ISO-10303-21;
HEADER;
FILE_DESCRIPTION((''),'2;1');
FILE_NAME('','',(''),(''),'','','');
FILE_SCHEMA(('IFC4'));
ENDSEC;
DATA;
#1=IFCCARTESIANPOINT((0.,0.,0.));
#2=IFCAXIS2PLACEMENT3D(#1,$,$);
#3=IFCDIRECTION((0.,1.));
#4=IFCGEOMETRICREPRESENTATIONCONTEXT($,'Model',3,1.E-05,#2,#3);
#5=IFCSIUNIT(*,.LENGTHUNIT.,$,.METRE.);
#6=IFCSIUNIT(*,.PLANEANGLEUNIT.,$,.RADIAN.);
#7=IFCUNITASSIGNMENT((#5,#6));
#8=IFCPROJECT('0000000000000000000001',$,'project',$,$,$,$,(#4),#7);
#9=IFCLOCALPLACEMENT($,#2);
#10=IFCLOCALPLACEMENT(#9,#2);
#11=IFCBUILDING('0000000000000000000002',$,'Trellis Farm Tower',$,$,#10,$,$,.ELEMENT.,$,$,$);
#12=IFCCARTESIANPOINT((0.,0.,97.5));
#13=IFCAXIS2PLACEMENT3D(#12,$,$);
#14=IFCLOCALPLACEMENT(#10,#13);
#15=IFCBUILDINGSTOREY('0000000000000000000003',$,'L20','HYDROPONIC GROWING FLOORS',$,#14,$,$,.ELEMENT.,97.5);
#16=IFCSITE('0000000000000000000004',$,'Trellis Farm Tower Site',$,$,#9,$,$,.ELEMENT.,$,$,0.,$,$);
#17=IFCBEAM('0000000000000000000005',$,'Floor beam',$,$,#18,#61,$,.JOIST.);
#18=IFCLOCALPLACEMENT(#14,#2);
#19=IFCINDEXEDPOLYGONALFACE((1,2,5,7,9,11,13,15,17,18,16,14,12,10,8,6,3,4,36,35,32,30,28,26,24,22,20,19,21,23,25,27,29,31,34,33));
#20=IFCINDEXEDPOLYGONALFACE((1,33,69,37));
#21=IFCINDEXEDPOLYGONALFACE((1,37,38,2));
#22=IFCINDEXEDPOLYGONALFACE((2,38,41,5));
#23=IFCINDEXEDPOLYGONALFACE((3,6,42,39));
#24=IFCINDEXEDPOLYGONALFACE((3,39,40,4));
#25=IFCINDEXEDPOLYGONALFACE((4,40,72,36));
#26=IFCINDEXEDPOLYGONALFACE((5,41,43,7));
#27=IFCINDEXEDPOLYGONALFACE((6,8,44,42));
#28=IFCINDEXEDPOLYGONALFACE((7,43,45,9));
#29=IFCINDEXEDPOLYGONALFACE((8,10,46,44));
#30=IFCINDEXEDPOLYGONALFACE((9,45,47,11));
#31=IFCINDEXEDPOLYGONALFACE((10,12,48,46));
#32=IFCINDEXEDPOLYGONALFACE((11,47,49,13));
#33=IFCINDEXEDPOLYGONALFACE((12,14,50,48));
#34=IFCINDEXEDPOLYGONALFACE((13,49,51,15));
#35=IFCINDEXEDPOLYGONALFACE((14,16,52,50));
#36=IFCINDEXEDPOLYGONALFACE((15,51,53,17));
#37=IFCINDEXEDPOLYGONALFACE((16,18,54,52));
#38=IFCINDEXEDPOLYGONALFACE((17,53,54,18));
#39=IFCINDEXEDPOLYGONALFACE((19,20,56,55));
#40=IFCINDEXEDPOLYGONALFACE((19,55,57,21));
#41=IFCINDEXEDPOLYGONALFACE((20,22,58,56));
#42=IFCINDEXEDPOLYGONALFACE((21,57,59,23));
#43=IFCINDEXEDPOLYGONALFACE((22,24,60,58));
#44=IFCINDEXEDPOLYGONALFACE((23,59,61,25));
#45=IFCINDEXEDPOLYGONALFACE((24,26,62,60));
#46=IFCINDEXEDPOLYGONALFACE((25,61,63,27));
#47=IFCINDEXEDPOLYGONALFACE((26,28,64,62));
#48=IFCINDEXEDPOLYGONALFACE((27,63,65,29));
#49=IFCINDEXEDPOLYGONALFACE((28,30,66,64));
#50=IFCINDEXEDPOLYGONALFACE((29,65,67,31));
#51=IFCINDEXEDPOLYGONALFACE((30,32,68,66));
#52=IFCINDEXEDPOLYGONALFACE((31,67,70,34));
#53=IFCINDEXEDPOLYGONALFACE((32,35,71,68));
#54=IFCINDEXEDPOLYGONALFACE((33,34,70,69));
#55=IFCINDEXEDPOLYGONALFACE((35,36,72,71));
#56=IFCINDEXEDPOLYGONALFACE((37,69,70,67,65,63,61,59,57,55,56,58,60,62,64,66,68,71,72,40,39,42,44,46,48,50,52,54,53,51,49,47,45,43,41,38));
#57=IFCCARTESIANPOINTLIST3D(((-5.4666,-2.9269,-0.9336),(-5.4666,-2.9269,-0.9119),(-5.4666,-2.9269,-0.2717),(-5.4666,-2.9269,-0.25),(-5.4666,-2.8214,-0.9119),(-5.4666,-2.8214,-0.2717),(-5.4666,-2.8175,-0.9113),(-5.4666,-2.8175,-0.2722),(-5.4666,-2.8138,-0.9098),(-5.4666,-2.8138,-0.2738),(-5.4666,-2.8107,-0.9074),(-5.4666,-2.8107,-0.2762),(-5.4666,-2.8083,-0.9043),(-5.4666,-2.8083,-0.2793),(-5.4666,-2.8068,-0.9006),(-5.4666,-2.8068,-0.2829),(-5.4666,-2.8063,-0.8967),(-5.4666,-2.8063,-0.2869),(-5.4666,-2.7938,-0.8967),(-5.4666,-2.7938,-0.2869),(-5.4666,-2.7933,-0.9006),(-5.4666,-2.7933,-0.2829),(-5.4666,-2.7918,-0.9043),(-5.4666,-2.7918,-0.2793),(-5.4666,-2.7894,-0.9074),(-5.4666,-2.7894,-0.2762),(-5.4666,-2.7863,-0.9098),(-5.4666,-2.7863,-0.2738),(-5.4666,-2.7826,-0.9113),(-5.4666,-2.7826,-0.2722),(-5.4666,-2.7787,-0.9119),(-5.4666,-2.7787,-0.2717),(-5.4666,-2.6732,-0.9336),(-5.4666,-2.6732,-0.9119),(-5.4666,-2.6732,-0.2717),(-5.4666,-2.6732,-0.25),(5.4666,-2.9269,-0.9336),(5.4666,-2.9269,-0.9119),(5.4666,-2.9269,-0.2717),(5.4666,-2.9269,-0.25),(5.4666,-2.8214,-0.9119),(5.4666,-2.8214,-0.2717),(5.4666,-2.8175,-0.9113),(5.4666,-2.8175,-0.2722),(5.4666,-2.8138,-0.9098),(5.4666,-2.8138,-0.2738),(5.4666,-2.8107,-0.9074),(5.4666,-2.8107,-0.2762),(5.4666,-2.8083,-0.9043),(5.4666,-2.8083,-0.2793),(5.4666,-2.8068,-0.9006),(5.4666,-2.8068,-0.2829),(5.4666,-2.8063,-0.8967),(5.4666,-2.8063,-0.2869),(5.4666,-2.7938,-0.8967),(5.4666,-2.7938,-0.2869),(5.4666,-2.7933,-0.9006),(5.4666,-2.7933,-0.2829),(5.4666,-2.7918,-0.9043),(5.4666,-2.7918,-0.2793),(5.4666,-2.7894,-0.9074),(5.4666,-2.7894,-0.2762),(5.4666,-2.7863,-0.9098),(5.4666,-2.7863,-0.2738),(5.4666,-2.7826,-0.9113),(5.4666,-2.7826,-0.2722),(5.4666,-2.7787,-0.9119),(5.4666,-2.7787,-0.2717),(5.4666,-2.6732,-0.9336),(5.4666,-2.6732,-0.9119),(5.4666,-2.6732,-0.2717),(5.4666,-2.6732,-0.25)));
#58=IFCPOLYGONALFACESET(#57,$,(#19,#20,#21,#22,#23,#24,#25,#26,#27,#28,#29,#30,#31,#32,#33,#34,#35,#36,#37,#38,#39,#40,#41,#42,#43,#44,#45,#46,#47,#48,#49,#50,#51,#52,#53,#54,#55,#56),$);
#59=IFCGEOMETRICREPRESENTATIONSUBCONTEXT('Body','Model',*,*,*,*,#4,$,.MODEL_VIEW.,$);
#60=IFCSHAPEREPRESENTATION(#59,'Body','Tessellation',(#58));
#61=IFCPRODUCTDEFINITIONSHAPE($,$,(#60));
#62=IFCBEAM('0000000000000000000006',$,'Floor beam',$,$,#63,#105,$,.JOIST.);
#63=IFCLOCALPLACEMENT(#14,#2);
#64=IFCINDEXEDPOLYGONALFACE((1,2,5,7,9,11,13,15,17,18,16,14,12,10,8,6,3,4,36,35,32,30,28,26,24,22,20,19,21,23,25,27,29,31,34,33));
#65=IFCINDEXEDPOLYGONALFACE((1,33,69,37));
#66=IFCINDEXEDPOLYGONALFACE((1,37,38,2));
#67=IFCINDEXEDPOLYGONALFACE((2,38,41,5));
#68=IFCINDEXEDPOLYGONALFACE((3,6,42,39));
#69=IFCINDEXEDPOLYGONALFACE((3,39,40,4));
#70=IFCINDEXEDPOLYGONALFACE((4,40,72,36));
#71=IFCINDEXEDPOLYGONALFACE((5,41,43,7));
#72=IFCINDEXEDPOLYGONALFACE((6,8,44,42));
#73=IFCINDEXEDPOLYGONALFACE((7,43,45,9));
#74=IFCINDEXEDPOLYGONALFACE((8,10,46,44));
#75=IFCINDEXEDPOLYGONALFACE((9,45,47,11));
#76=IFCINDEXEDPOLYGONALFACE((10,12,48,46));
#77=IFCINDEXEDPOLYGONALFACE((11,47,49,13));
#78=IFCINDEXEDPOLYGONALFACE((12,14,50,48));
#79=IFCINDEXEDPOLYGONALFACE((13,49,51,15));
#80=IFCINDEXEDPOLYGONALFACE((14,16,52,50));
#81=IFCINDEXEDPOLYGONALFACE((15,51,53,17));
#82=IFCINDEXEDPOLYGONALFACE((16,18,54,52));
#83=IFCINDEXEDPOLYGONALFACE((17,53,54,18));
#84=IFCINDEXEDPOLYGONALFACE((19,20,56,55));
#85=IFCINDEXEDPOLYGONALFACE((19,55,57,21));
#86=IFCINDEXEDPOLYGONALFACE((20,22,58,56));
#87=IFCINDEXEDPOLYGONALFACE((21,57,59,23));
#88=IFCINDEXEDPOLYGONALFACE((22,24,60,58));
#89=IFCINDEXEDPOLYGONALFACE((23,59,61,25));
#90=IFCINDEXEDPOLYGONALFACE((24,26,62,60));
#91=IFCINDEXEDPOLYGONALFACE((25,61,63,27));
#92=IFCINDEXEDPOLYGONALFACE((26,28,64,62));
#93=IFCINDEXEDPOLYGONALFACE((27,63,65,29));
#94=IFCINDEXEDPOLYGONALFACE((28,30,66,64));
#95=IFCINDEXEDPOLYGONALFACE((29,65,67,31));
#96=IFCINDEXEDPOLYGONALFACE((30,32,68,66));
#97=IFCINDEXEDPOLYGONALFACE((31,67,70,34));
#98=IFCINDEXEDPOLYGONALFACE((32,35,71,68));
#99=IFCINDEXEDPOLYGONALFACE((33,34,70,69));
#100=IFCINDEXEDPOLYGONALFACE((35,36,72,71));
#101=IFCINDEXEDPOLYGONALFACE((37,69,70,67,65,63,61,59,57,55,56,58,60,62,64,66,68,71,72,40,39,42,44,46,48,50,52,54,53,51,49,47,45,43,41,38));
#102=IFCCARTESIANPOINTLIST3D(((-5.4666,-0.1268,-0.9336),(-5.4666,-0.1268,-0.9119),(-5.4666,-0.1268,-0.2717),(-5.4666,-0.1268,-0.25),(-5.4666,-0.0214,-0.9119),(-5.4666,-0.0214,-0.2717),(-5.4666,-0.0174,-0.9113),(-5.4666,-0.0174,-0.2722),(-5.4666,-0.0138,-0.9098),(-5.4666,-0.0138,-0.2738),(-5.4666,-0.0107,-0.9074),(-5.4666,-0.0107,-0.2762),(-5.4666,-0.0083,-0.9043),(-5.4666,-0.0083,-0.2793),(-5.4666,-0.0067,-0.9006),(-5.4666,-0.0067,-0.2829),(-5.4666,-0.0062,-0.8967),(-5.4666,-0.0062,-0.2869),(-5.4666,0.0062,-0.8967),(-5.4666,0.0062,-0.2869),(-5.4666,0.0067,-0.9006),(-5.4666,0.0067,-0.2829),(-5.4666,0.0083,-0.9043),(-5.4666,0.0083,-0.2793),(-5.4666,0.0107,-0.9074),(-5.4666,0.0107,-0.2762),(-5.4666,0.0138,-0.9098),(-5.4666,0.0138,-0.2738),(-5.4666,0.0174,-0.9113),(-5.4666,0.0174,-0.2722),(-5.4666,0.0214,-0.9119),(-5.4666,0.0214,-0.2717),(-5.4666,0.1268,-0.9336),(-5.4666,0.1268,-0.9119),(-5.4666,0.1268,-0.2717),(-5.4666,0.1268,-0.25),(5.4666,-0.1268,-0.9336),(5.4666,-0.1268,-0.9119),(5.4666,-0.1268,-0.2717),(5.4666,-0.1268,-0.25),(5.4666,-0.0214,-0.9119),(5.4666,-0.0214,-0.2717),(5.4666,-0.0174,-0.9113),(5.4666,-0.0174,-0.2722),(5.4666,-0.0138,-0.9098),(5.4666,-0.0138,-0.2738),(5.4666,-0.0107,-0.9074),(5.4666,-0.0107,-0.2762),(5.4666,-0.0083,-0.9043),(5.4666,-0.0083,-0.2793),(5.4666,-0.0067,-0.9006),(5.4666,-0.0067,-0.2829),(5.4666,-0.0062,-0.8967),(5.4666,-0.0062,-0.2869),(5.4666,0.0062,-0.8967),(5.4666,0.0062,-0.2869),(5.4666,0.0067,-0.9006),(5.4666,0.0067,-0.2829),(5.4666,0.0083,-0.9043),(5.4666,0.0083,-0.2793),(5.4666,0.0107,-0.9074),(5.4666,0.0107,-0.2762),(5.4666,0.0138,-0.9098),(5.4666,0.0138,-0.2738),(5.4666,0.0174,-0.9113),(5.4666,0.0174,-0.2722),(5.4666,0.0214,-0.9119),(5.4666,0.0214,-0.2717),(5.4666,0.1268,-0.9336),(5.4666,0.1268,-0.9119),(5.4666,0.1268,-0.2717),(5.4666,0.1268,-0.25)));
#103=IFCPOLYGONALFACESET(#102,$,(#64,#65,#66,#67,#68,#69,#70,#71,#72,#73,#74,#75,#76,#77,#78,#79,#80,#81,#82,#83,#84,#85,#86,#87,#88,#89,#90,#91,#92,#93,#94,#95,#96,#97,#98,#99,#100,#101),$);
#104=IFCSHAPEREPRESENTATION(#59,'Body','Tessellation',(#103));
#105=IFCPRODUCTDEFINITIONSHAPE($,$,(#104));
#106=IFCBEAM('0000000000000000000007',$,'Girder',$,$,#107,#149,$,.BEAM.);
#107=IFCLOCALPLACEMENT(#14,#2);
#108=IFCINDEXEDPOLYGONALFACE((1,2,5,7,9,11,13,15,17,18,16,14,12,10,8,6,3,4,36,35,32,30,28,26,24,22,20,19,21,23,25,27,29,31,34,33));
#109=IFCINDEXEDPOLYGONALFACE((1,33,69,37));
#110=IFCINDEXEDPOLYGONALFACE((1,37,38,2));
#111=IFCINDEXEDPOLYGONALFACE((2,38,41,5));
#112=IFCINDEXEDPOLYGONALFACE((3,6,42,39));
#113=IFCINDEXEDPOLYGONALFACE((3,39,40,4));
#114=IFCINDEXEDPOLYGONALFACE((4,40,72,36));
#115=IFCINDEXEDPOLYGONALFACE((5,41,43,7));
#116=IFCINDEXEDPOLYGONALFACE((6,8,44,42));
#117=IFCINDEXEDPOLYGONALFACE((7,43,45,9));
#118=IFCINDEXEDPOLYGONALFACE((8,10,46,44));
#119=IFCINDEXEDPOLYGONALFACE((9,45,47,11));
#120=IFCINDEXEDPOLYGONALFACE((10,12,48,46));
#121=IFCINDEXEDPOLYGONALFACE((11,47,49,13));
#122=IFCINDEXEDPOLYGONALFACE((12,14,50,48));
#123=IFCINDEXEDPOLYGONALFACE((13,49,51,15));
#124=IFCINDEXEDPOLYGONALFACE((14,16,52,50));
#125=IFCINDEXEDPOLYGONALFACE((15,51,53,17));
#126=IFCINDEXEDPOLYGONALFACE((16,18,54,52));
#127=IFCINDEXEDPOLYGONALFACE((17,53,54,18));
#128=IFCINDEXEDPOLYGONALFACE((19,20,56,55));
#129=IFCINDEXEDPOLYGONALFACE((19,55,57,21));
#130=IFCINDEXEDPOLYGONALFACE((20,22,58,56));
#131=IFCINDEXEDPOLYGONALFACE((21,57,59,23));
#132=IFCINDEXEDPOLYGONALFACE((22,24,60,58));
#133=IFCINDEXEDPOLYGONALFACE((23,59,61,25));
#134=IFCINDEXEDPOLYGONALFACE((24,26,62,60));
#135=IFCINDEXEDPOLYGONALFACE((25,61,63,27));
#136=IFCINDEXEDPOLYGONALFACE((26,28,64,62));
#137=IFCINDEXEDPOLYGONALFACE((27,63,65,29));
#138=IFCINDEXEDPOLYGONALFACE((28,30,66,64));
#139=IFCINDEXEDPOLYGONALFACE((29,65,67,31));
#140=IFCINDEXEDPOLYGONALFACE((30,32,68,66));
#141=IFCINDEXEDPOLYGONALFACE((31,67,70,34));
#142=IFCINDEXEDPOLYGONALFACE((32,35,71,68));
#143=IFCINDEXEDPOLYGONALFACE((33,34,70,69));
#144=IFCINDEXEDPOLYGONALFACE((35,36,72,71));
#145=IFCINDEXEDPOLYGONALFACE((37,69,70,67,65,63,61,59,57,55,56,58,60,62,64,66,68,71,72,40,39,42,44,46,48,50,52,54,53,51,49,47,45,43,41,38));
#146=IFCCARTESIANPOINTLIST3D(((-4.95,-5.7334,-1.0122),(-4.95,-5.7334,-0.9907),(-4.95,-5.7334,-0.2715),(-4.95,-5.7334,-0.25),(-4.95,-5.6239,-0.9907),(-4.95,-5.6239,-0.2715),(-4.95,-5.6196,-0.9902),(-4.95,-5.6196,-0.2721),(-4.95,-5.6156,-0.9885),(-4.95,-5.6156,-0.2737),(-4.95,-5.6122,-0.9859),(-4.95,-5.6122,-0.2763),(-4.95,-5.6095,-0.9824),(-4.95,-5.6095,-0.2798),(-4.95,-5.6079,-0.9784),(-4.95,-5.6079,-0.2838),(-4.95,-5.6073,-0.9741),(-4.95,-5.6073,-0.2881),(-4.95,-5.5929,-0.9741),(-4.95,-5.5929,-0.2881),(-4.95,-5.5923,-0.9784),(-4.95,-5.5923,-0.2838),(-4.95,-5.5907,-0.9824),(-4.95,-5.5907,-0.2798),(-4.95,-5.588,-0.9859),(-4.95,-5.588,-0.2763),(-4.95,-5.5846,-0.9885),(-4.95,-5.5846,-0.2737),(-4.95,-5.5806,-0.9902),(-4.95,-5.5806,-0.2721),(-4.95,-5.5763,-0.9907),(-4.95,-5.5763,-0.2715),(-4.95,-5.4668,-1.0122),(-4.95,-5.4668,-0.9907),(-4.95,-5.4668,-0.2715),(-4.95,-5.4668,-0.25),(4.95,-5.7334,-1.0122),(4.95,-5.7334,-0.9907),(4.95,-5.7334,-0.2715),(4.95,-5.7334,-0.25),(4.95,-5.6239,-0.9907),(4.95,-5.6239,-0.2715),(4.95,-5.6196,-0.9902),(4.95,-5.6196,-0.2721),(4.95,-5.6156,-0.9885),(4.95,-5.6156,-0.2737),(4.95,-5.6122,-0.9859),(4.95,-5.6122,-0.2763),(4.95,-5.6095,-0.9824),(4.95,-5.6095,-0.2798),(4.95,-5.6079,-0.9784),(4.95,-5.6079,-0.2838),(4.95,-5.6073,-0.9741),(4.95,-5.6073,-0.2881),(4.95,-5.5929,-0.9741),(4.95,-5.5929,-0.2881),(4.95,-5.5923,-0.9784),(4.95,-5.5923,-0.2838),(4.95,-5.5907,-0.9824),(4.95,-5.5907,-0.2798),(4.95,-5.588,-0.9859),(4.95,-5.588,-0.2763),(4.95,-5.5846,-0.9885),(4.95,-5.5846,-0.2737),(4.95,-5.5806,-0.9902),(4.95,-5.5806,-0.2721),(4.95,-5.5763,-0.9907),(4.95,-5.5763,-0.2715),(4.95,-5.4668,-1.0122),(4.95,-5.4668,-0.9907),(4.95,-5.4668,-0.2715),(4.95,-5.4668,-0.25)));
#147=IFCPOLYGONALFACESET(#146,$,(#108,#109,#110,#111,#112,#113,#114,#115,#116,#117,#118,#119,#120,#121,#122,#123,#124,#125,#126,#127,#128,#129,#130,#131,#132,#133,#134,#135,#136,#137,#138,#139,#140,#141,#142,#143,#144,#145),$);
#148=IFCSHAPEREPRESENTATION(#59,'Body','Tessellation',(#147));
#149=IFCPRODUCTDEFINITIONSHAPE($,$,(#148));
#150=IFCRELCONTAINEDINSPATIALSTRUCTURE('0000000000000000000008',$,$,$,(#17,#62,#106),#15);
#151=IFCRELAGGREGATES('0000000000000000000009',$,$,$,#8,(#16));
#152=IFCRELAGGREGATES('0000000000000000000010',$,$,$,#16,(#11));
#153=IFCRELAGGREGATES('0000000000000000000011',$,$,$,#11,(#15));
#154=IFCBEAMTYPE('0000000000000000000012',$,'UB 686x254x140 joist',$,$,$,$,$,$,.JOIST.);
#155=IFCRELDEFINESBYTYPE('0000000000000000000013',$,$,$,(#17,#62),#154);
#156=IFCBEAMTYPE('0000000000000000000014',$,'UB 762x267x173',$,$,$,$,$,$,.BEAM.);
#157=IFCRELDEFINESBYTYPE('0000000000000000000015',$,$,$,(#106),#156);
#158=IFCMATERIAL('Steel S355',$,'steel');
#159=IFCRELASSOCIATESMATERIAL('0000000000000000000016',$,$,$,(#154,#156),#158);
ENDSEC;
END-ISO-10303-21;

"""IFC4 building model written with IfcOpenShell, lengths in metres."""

from ifc_helpers import new_model, si_unit, direction, frame, origin, origin_2d, place, context, subcontext, project, spatial, i_section, extrude, source, transform, mapped, material, material_profile, profile_set, type_object, element, save


model = new_model("IFC4")

# Units and contexts
model_context = context("Model", 3, precision=1e-05, world=origin(), true_north=direction((0.0, 1.0)))
body_context = subcontext(model_context, "Body", "Model", "MODEL_VIEW")
ifc_project = project(units=[si_unit("LENGTHUNIT", "METRE"), si_unit("PLANEANGLEUNIT", "RADIAN")], contexts=[model_context])

# Site, building, storey
site_placement = place(None, origin())
site = spatial("IfcSite", under=ifc_project, at=site_placement, Name="Trellis Farm Tower Site", CompositionType="ELEMENT", RefElevation=0.0)
building_placement = place(site_placement, origin())
building = spatial("IfcBuilding", under=site, at=building_placement, Name="Trellis Farm Tower", CompositionType="ELEMENT")
storey_placement = place(building_placement, frame((0.0, 0.0, 97.5)))
storey = spatial("IfcBuildingStorey", under=building, at=storey_placement, Name="L20", Description="HYDROPONIC GROWING FLOORS", CompositionType="ELEMENT", Elevation=97.5)

# Beams
ifc_material_1 = material(Name="Steel S355", Category="steel")
ifc_material_profile_1 = material_profile(ifc_material_1, i_section(OverallWidth=0.2537, OverallDepth=0.6836, WebThickness=0.0125, FlangeThickness=0.0217, FilletRadius=0.0151, at=origin_2d()), Name="UB 686x254x140")
ifc_profile_set_1 = profile_set([ifc_material_profile_1], Name="Steel S355")
beam_type_1 = type_object("IfcBeamType", Name="UB 686x254x140 joist", PredefinedType="JOIST", material=ifc_profile_set_1)
shared_shape_1 = source(origin(), body_context, "Body", "SweptSolid", [
    extrude(i_section(OverallWidth=0.2537, OverallDepth=0.6836, WebThickness=0.0125, FlangeThickness=0.0217, FilletRadius=0.0151, at=origin_2d()), origin(), (0.0, 0.0, 1.0), 10.9331),
])
for number, where, z_axis, x_axis, name in (
    (1, (-5.4666, -2.8, -0.5918), (1.0, 0.0, 0.0), (0.0, 1.0, 0.0), "Floor beam"),
    (2, (-5.4666, 0.0, -0.5918), (1.0, 0.0, 0.0), (0.0, 1.0, 0.0), "Floor beam"),
):
    element("IfcBeam", number, at=place(storey_placement, frame(where, z_axis=z_axis, x_axis=x_axis)), inside=storey, type_object=beam_type_1, Name=name, PredefinedType="JOIST", context=body_context, shape_type="MappedRepresentation", body=[
        mapped(shared_shape_1, transform((0.0, 0.0, 0.0))),
    ])
ifc_material_profile_2 = material_profile(ifc_material_1, i_section(OverallWidth=0.2666, OverallDepth=0.7622, WebThickness=0.0144, FlangeThickness=0.0215, FilletRadius=0.0166, at=origin_2d()), Name="UB 762x267x173")
ifc_profile_set_2 = profile_set([ifc_material_profile_2], Name="Steel S355")
beam_type_2 = type_object("IfcBeamType", Name="UB 762x267x173", PredefinedType="BEAM", material=ifc_profile_set_2)
shared_shape_2 = source(origin(), body_context, "Body", "SweptSolid", [
    extrude(i_section(OverallWidth=0.2666, OverallDepth=0.7622, WebThickness=0.0144, FlangeThickness=0.0215, FilletRadius=0.0166, at=origin_2d()), origin(), (0.0, 0.0, 1.0), 9.8999),
])
beam_placement = place(storey_placement, frame((-4.95, -5.6001, -0.6311), z_axis=(1.0, 0.0, 0.0), x_axis=(0.0, 1.0, 0.0)))
element("IfcBeam", 3, at=beam_placement, inside=storey, type_object=beam_type_2, Name="Girder", PredefinedType="BEAM", context=body_context, shape_type="MappedRepresentation", body=[
    mapped(shared_shape_2, transform((0.0, 0.0, 0.0))),
])

save(model, "model.ifc")
